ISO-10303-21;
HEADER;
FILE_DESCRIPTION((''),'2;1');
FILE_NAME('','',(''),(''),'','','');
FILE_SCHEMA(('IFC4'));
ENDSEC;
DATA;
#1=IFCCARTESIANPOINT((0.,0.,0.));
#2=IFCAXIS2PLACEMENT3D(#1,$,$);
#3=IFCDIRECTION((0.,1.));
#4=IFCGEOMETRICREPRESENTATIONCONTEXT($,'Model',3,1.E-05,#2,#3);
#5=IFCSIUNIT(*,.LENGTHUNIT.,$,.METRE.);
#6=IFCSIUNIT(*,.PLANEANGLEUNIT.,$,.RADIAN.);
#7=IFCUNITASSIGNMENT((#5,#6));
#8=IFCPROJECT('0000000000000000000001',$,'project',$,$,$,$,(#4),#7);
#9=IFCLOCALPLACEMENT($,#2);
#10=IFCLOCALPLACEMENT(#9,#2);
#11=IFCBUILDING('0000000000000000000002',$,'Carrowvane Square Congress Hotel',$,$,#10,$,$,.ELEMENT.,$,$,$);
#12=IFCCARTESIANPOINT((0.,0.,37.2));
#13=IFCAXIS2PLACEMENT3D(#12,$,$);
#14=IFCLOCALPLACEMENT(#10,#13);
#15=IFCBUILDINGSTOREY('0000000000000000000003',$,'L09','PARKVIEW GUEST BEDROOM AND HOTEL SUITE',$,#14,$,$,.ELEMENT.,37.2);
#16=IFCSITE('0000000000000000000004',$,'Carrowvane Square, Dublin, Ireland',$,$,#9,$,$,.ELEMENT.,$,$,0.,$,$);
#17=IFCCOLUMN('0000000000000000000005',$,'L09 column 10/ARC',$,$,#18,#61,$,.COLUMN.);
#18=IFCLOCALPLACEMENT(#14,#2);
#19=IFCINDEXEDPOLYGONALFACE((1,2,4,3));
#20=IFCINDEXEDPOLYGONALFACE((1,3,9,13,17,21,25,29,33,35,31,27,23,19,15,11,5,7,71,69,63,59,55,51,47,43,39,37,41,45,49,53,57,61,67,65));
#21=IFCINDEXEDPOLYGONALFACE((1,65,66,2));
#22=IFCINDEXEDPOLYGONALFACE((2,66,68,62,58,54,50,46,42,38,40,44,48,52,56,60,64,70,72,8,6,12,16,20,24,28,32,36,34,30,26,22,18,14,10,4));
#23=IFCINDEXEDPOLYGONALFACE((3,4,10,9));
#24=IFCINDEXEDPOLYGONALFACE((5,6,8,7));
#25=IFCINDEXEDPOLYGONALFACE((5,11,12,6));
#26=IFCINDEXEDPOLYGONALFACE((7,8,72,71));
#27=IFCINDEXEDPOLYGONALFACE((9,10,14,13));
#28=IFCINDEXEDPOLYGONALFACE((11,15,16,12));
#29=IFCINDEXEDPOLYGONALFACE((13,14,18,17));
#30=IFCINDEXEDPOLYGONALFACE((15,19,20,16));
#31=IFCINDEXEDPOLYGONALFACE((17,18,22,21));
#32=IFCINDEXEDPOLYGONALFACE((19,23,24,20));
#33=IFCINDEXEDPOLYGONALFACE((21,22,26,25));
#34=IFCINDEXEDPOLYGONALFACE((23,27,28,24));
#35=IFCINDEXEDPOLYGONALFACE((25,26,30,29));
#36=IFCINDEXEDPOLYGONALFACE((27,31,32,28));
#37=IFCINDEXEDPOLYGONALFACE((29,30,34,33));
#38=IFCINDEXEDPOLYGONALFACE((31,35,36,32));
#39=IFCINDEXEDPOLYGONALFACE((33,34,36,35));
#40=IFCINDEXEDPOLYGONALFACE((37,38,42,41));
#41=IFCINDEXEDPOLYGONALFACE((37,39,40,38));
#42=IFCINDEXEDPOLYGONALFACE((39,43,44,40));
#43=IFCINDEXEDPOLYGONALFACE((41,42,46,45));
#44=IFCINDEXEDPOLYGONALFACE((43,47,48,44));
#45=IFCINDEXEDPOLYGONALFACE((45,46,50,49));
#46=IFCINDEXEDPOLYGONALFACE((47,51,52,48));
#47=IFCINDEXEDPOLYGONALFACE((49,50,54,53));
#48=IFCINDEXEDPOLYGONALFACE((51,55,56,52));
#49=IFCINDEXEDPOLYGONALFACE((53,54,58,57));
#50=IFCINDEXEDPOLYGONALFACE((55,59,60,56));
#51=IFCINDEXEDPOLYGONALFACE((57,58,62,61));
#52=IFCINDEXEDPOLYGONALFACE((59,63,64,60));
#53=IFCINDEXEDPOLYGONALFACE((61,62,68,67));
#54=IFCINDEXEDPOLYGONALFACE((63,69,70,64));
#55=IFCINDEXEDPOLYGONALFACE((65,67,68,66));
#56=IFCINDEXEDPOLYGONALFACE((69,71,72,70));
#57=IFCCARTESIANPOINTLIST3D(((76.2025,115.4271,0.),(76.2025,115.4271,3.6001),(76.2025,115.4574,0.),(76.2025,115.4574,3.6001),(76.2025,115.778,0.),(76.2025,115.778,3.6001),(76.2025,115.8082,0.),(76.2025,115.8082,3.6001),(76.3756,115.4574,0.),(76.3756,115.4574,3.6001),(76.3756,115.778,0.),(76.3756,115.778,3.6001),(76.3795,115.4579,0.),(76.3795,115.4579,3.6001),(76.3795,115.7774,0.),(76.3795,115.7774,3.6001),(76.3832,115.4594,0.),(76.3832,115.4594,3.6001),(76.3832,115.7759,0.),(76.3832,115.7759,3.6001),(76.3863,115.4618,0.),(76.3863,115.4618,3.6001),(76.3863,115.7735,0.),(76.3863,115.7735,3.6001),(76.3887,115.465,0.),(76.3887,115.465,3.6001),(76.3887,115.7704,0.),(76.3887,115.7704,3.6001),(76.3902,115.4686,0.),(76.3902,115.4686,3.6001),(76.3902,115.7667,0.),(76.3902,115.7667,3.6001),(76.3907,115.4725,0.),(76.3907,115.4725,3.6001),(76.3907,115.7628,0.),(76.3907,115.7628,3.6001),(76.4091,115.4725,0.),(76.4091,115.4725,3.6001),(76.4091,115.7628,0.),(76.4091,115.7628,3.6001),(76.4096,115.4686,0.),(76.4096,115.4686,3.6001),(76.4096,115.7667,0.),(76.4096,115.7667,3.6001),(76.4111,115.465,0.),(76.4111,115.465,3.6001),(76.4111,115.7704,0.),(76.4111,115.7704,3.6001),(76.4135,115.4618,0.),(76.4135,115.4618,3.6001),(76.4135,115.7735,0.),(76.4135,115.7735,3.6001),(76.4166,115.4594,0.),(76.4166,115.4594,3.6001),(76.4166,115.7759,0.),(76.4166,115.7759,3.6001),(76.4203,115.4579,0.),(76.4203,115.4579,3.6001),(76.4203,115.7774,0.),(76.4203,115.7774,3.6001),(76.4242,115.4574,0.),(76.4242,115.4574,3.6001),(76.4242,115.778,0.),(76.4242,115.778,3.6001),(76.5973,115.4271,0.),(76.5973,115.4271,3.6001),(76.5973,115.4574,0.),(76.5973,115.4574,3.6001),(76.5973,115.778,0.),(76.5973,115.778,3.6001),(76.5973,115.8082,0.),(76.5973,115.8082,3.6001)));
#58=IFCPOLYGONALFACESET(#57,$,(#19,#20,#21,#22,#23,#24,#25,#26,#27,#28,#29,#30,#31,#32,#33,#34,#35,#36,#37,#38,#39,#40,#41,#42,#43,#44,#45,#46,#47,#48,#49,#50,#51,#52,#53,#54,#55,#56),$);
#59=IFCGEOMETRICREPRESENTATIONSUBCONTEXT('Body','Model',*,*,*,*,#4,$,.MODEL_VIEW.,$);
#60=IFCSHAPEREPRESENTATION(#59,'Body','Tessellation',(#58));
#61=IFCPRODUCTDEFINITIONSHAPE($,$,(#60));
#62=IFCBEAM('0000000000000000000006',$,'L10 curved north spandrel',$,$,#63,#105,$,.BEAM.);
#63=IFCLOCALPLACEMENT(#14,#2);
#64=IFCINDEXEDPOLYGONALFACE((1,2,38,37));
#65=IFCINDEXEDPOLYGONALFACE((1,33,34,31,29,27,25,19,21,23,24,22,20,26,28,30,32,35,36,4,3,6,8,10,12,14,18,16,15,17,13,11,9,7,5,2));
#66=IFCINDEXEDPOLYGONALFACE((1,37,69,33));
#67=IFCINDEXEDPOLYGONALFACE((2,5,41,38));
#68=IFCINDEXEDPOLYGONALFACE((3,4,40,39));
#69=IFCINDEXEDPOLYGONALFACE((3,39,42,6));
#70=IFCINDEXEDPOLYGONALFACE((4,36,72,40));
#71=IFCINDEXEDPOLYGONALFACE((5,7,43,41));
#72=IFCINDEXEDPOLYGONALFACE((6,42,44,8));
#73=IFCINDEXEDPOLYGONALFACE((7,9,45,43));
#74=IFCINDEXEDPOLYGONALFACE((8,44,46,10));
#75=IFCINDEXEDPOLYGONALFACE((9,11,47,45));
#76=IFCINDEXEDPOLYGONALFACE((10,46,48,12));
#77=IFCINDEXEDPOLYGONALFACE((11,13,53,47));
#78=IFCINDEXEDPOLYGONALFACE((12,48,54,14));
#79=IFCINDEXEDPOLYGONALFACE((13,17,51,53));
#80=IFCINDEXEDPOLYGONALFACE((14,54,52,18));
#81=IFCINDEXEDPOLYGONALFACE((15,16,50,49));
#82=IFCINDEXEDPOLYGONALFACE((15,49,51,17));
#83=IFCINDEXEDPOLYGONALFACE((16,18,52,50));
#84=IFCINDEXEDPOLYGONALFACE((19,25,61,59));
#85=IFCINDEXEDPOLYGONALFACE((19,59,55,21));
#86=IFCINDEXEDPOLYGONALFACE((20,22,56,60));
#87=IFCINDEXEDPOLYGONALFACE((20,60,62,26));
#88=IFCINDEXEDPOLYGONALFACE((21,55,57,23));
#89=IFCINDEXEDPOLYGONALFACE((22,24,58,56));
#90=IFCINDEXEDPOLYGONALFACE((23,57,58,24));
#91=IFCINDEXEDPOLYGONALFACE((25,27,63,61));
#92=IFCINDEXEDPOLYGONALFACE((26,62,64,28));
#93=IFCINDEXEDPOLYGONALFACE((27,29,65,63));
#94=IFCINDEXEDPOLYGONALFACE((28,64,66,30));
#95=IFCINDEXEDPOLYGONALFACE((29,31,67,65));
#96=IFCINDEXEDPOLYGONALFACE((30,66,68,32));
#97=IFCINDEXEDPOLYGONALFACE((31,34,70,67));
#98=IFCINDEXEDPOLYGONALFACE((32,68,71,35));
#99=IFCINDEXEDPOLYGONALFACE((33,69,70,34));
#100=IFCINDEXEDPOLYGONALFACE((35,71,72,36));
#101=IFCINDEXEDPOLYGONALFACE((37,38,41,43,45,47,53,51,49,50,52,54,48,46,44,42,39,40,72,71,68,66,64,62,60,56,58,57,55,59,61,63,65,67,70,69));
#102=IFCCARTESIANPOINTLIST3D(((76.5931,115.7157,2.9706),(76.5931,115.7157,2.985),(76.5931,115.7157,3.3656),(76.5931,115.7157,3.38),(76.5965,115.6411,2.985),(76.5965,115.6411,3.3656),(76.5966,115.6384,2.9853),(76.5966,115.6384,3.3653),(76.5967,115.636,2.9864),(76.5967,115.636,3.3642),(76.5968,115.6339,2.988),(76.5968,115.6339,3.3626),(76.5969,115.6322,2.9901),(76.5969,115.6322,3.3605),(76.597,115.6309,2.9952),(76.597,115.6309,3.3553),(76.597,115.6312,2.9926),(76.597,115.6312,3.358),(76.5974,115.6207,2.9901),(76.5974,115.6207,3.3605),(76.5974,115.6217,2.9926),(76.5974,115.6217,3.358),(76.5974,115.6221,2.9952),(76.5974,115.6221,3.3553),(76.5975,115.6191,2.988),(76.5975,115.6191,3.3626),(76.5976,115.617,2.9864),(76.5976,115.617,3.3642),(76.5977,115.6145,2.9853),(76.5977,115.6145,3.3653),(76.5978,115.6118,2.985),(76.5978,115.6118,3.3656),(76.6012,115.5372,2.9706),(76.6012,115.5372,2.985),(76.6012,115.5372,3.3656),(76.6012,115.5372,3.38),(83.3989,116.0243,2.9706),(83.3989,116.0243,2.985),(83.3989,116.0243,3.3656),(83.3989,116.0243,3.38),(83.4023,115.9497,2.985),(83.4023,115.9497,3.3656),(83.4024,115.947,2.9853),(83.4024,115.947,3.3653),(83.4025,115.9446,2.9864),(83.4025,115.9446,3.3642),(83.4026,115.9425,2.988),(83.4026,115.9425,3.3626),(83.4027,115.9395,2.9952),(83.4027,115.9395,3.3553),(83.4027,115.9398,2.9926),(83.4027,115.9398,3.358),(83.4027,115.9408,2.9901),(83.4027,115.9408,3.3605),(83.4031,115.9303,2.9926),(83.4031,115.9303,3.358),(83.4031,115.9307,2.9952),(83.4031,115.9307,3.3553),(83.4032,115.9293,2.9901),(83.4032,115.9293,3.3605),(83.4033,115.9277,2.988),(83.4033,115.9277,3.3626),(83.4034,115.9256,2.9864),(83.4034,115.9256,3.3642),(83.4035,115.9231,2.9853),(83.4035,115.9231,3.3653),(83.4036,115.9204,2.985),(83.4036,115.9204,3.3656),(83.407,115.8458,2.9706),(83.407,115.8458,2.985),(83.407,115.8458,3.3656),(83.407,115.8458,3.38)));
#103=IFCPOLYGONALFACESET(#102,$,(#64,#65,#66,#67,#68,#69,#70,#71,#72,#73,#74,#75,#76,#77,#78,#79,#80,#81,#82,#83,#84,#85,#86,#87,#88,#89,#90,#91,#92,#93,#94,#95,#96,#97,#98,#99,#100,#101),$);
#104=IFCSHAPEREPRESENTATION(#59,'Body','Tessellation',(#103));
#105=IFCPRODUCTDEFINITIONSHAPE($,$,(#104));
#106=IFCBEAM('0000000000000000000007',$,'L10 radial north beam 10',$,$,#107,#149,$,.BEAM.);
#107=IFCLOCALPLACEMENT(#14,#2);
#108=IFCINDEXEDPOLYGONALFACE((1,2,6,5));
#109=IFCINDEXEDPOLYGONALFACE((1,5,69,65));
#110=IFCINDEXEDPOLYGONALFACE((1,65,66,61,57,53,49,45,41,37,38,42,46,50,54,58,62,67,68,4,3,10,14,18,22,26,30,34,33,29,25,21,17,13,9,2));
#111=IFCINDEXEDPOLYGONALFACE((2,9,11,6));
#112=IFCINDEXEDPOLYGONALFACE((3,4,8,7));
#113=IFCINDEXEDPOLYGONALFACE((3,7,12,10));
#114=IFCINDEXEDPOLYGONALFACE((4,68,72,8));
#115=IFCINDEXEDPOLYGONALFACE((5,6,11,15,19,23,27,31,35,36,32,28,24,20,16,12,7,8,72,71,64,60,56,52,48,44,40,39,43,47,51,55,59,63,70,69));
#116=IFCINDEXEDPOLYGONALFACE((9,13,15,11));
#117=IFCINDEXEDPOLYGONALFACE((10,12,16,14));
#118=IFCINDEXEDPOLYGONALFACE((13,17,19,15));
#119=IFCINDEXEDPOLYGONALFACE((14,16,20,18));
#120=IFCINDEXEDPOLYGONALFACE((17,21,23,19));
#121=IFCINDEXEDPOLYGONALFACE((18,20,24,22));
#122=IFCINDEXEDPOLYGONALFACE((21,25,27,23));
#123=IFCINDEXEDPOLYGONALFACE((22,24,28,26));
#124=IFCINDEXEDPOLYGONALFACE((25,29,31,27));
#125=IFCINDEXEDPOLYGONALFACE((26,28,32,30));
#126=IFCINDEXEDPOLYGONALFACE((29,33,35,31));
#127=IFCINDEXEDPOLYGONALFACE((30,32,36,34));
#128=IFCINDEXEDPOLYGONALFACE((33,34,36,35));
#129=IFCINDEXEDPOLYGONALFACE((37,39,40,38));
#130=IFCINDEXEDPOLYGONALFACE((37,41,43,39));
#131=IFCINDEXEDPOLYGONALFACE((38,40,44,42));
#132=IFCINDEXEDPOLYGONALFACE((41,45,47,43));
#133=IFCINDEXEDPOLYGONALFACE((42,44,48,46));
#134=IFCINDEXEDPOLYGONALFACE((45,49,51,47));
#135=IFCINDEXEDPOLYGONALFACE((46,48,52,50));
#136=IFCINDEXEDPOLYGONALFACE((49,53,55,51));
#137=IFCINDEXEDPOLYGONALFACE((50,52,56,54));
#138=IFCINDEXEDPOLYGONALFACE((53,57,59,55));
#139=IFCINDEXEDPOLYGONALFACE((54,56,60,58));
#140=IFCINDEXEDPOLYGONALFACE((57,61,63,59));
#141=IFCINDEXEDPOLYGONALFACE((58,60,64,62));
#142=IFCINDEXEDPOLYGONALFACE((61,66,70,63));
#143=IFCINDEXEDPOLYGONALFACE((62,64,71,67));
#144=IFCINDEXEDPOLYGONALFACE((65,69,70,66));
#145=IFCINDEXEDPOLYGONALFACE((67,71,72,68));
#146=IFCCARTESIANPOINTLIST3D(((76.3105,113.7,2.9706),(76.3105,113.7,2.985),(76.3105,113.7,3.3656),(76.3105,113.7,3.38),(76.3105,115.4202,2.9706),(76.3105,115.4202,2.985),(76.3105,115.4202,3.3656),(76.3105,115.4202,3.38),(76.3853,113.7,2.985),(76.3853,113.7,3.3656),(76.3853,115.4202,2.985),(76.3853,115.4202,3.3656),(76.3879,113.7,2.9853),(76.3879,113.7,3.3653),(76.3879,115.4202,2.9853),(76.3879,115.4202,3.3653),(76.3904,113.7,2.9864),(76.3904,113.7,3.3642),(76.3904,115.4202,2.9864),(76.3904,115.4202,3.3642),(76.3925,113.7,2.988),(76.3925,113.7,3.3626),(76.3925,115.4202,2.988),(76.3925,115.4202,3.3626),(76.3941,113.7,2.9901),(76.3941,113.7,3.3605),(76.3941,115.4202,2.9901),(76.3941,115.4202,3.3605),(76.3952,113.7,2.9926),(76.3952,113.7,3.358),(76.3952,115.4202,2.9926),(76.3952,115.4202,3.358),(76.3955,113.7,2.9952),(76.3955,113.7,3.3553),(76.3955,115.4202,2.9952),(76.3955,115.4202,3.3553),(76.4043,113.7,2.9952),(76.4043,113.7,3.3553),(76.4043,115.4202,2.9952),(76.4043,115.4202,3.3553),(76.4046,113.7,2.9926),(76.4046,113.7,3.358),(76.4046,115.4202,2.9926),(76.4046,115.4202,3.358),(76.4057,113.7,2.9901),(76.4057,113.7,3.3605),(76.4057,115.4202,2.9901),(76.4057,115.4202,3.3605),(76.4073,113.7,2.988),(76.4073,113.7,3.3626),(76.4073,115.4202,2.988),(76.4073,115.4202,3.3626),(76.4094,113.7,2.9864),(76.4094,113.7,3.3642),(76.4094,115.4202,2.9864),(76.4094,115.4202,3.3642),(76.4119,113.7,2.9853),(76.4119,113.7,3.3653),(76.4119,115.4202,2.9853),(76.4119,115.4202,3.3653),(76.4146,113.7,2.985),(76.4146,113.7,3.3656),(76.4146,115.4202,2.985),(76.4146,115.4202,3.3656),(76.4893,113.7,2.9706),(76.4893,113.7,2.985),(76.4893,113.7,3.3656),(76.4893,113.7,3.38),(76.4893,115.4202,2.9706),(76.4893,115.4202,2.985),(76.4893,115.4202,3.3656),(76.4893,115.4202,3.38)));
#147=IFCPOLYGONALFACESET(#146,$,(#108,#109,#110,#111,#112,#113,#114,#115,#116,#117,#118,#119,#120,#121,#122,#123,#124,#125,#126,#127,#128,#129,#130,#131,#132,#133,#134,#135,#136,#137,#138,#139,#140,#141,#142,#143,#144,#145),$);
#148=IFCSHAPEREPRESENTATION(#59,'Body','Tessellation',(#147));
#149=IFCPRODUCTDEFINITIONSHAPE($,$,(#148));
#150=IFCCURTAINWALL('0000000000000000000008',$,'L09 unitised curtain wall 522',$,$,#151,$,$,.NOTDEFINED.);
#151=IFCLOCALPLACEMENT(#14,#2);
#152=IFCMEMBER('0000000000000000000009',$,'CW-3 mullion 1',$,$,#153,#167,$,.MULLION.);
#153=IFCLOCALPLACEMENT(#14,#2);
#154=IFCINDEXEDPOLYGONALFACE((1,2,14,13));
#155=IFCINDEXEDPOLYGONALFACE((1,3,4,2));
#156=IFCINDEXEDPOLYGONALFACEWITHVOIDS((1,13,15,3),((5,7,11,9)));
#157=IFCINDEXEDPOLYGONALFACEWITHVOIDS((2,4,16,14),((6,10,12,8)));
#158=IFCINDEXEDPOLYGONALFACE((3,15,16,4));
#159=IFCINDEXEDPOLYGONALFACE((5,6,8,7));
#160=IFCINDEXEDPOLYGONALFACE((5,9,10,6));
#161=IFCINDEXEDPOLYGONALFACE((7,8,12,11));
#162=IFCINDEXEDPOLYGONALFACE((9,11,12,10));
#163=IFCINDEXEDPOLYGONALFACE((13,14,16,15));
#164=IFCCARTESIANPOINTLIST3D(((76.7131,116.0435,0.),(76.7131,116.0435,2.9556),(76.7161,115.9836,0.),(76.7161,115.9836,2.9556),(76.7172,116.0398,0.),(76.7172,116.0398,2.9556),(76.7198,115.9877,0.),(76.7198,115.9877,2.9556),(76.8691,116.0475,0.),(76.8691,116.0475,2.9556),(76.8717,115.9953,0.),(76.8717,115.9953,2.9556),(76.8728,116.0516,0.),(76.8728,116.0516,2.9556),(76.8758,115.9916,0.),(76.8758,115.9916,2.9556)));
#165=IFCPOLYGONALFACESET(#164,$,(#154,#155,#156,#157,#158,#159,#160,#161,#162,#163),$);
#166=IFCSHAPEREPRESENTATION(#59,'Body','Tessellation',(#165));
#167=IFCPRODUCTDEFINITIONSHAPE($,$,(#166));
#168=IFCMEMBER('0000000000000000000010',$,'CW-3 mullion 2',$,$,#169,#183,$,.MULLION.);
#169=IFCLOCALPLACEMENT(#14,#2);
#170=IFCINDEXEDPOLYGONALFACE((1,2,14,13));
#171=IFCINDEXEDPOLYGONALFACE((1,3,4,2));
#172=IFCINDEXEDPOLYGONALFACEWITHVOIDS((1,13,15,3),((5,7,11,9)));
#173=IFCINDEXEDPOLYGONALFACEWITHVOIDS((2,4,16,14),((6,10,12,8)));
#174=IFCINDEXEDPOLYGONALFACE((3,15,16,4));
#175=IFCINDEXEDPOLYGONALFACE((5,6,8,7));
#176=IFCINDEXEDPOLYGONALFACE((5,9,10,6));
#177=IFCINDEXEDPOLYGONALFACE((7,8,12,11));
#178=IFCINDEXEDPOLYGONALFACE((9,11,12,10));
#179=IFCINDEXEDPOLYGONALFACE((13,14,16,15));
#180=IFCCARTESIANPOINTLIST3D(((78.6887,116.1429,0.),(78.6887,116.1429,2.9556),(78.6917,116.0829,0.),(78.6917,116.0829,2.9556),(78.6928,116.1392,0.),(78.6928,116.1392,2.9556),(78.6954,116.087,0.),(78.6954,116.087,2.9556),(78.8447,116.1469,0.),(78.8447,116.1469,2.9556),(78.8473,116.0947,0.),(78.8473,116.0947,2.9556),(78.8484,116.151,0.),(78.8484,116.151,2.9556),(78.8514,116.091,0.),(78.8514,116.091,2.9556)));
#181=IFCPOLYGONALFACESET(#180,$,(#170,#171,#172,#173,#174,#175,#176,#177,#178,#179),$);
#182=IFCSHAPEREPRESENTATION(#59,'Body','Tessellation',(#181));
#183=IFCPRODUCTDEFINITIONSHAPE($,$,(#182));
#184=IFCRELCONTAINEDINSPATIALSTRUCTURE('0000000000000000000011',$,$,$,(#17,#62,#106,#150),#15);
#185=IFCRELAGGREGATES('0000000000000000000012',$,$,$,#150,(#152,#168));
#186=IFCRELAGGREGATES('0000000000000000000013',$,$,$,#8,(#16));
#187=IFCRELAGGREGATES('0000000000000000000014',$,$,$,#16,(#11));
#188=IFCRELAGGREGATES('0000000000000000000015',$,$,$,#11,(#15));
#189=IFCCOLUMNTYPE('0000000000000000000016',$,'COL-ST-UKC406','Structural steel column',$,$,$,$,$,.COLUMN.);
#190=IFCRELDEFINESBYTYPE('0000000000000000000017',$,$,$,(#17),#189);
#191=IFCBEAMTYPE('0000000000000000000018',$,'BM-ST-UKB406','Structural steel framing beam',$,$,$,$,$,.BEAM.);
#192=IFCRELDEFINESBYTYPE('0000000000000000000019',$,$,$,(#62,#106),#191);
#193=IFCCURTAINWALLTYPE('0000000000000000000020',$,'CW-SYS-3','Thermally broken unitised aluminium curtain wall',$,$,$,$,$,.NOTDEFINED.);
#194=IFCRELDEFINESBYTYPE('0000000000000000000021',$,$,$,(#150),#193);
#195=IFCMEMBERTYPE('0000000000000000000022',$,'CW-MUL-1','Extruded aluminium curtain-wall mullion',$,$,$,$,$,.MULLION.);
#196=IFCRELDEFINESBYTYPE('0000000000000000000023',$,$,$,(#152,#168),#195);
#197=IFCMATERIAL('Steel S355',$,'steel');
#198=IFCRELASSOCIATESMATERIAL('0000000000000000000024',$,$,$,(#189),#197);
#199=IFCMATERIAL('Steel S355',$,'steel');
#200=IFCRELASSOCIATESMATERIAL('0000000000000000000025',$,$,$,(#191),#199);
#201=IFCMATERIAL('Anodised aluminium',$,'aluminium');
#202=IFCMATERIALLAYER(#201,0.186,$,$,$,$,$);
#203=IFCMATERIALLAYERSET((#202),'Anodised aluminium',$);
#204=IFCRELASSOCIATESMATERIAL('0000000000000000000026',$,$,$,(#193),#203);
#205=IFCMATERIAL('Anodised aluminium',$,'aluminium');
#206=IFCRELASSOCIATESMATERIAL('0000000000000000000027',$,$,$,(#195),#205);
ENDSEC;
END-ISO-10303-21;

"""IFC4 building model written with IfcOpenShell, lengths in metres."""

from ifc_helpers import new_model, si_unit, direction, frame, origin, origin_2d, place, context, subcontext, project, spatial, hollow_rectangle, i_section, extrude, material, layer, layer_set, material_profile, profile_set, type_object, element, aggregate, save


model = new_model("IFC4")

# Units and contexts
model_context = context("Model", 3, precision=1e-05, world=origin(), true_north=direction((0.0, 1.0)))
body_context = subcontext(model_context, "Body", "Model", "MODEL_VIEW")
ifc_project = project(units=[si_unit("LENGTHUNIT", "METRE"), si_unit("PLANEANGLEUNIT", "RADIAN")], contexts=[model_context])

# Site, building, storey
site_placement = place(None, origin())
site = spatial("IfcSite", under=ifc_project, at=site_placement, Name="Carrowvane Square, Dublin, Ireland", CompositionType="ELEMENT", RefElevation=0.0)
building_placement = place(site_placement, origin())
building = spatial("IfcBuilding", under=site, at=building_placement, Name="Carrowvane Square Congress Hotel", CompositionType="ELEMENT")
storey_placement = place(building_placement, frame((0.0, 0.0, 37.2)))
storey = spatial("IfcBuildingStorey", under=building, at=storey_placement, Name="L09", Description="PARKVIEW GUEST BEDROOM AND HOTEL SUITE", CompositionType="ELEMENT", Elevation=37.2)

# Column
ifc_material_1 = material(Name="Steel S355", Category="steel")
ifc_material_profile_1 = material_profile(ifc_material_1, i_section(OverallWidth=0.3948, OverallDepth=0.3811, WebThickness=0.0183, FlangeThickness=0.0303, FilletRadius=0.0151, at=origin_2d()), Name="UKC 356x406x235")
ifc_profile_set_1 = profile_set([ifc_material_profile_1], Name="Steel S355")
column_type = type_object("IfcColumnType", Name="COL-ST-UKC406", Description="Structural steel column", PredefinedType="COLUMN", material=ifc_profile_set_1)
column_placement = place(storey_placement, frame((76.3999, 115.6177, 0.0), z_axis=(0.0, 0.0, 1.0), x_axis=(1.0, 0.0, 0.0)))
element("IfcColumn", 1, at=column_placement, inside=storey, type_object=column_type, Name="L09 column 10/ARC", PredefinedType="COLUMN", context=body_context, shape_type="SweptSolid", body=[
    extrude(i_section(OverallWidth=0.3948, OverallDepth=0.3811, WebThickness=0.0183, FlangeThickness=0.0303, FilletRadius=0.0151, at=origin_2d()), origin(), (0.0, 0.0, 1.0), 3.6001),
])

# Beams
ifc_material_2 = material(Name="Steel S355", Category="steel")
ifc_material_profile_2 = material_profile(ifc_material_2, i_section(OverallWidth=0.1787, OverallDepth=0.4094, WebThickness=0.0088, FlangeThickness=0.0144, FilletRadius=0.0103, at=origin_2d()), Name="UKB 406x178x67")
ifc_profile_set_2 = profile_set([ifc_material_profile_2], Name="Steel S355")
beam_type = type_object("IfcBeamType", Name="BM-ST-UKB406", Description="Structural steel framing beam", PredefinedType="BEAM", material=ifc_profile_set_2)
beam_1_placement = place(storey_placement, frame((76.5972, 115.6265, 3.1753), z_axis=(0.998974, 0.045297, 0.0), x_axis=(-0.045297, 0.998974, 0.0)))
element("IfcBeam", 2, at=beam_1_placement, inside=storey, type_object=beam_type, Name="L10 curved north spandrel", PredefinedType="BEAM", context=body_context, shape_type="SweptSolid", body=[
    extrude(i_section(OverallWidth=0.1787, OverallDepth=0.4094, WebThickness=0.0088, FlangeThickness=0.0144, FilletRadius=0.0103, at=origin_2d()), origin(), (0.0, 0.0, 1.0), 6.8127),
])
beam_2_placement = place(storey_placement, frame((76.3999, 113.7, 3.1753), z_axis=(0.0, 1.0, 0.0), x_axis=(-1.0, 0.0, 0.0)))
element("IfcBeam", 3, at=beam_2_placement, inside=storey, type_object=beam_type, Name="L10 radial north beam 10", PredefinedType="BEAM", context=body_context, shape_type="SweptSolid", body=[
    extrude(i_section(OverallWidth=0.1787, OverallDepth=0.4094, WebThickness=0.0088, FlangeThickness=0.0144, FilletRadius=0.0103, at=origin_2d()), origin(), (0.0, 0.0, 1.0), 1.7202),
])

# Curtain wall, members
ifc_material_3 = material(Name="Anodised aluminium", Category="aluminium")
ifc_layer_1 = layer(ifc_material_3, 0.186)
ifc_layer_set_1 = layer_set([ifc_layer_1], Name="Anodised aluminium")
curtain_wall_type_1 = type_object("IfcCurtainWallType", Name="CW-SYS-3", Description="Thermally broken unitised aluminium curtain wall", PredefinedType="NOTDEFINED", material=ifc_layer_set_1)
curtain_wall_1_placement = place(storey_placement, origin())
curtain_wall_1 = element("IfcCurtainWall", 4, at=curtain_wall_1_placement, inside=storey, type_object=curtain_wall_type_1, Name="L09 unitised curtain wall 522", PredefinedType="NOTDEFINED")
ifc_material_4 = material(Name="Anodised aluminium", Category="aluminium")
ifc_material_profile_3 = material_profile(ifc_material_4, hollow_rectangle(XDim=0.0601, YDim=0.1599, WallThickness=0.0039, at=origin_2d()), Name="CW-ML 60x160x4")
ifc_profile_set_3 = profile_set([ifc_material_profile_3], Name="Anodised aluminium")
member_type_1 = type_object("IfcMemberType", Name="CW-MUL-1", Description="Extruded aluminium curtain-wall mullion", PredefinedType="MULLION", material=ifc_profile_set_3)
member_1_placement = place(storey_placement, frame((76.7944, 116.0176, 0.0), z_axis=(0.0, 0.0, 1.0), x_axis=(-0.050324, 0.998733, 0.0)))
member_1 = element("IfcMember", 5, at=member_1_placement, type_object=member_type_1, Name="CW-3 mullion 1", PredefinedType="MULLION", context=body_context, shape_type="SweptSolid", body=[
    extrude(hollow_rectangle(XDim=0.0601, YDim=0.1599, WallThickness=0.0039, at=origin_2d()), origin(), (0.0, 0.0, 1.0), 2.9556),
])
member_2_placement = place(storey_placement, frame((78.77, 116.1169, 0.0), z_axis=(0.0, 0.0, 1.0), x_axis=(-0.050324, 0.998733, 0.0)))
member_2 = element("IfcMember", 6, at=member_2_placement, type_object=member_type_1, Name="CW-3 mullion 2", PredefinedType="MULLION", context=body_context, shape_type="SweptSolid", body=[
    extrude(hollow_rectangle(XDim=0.0601, YDim=0.1599, WallThickness=0.0039, at=origin_2d()), origin(), (0.0, 0.0, 1.0), 2.9556),
])

aggregate(curtain_wall_1, [member_1, member_2])

save(model, "model.ifc")
